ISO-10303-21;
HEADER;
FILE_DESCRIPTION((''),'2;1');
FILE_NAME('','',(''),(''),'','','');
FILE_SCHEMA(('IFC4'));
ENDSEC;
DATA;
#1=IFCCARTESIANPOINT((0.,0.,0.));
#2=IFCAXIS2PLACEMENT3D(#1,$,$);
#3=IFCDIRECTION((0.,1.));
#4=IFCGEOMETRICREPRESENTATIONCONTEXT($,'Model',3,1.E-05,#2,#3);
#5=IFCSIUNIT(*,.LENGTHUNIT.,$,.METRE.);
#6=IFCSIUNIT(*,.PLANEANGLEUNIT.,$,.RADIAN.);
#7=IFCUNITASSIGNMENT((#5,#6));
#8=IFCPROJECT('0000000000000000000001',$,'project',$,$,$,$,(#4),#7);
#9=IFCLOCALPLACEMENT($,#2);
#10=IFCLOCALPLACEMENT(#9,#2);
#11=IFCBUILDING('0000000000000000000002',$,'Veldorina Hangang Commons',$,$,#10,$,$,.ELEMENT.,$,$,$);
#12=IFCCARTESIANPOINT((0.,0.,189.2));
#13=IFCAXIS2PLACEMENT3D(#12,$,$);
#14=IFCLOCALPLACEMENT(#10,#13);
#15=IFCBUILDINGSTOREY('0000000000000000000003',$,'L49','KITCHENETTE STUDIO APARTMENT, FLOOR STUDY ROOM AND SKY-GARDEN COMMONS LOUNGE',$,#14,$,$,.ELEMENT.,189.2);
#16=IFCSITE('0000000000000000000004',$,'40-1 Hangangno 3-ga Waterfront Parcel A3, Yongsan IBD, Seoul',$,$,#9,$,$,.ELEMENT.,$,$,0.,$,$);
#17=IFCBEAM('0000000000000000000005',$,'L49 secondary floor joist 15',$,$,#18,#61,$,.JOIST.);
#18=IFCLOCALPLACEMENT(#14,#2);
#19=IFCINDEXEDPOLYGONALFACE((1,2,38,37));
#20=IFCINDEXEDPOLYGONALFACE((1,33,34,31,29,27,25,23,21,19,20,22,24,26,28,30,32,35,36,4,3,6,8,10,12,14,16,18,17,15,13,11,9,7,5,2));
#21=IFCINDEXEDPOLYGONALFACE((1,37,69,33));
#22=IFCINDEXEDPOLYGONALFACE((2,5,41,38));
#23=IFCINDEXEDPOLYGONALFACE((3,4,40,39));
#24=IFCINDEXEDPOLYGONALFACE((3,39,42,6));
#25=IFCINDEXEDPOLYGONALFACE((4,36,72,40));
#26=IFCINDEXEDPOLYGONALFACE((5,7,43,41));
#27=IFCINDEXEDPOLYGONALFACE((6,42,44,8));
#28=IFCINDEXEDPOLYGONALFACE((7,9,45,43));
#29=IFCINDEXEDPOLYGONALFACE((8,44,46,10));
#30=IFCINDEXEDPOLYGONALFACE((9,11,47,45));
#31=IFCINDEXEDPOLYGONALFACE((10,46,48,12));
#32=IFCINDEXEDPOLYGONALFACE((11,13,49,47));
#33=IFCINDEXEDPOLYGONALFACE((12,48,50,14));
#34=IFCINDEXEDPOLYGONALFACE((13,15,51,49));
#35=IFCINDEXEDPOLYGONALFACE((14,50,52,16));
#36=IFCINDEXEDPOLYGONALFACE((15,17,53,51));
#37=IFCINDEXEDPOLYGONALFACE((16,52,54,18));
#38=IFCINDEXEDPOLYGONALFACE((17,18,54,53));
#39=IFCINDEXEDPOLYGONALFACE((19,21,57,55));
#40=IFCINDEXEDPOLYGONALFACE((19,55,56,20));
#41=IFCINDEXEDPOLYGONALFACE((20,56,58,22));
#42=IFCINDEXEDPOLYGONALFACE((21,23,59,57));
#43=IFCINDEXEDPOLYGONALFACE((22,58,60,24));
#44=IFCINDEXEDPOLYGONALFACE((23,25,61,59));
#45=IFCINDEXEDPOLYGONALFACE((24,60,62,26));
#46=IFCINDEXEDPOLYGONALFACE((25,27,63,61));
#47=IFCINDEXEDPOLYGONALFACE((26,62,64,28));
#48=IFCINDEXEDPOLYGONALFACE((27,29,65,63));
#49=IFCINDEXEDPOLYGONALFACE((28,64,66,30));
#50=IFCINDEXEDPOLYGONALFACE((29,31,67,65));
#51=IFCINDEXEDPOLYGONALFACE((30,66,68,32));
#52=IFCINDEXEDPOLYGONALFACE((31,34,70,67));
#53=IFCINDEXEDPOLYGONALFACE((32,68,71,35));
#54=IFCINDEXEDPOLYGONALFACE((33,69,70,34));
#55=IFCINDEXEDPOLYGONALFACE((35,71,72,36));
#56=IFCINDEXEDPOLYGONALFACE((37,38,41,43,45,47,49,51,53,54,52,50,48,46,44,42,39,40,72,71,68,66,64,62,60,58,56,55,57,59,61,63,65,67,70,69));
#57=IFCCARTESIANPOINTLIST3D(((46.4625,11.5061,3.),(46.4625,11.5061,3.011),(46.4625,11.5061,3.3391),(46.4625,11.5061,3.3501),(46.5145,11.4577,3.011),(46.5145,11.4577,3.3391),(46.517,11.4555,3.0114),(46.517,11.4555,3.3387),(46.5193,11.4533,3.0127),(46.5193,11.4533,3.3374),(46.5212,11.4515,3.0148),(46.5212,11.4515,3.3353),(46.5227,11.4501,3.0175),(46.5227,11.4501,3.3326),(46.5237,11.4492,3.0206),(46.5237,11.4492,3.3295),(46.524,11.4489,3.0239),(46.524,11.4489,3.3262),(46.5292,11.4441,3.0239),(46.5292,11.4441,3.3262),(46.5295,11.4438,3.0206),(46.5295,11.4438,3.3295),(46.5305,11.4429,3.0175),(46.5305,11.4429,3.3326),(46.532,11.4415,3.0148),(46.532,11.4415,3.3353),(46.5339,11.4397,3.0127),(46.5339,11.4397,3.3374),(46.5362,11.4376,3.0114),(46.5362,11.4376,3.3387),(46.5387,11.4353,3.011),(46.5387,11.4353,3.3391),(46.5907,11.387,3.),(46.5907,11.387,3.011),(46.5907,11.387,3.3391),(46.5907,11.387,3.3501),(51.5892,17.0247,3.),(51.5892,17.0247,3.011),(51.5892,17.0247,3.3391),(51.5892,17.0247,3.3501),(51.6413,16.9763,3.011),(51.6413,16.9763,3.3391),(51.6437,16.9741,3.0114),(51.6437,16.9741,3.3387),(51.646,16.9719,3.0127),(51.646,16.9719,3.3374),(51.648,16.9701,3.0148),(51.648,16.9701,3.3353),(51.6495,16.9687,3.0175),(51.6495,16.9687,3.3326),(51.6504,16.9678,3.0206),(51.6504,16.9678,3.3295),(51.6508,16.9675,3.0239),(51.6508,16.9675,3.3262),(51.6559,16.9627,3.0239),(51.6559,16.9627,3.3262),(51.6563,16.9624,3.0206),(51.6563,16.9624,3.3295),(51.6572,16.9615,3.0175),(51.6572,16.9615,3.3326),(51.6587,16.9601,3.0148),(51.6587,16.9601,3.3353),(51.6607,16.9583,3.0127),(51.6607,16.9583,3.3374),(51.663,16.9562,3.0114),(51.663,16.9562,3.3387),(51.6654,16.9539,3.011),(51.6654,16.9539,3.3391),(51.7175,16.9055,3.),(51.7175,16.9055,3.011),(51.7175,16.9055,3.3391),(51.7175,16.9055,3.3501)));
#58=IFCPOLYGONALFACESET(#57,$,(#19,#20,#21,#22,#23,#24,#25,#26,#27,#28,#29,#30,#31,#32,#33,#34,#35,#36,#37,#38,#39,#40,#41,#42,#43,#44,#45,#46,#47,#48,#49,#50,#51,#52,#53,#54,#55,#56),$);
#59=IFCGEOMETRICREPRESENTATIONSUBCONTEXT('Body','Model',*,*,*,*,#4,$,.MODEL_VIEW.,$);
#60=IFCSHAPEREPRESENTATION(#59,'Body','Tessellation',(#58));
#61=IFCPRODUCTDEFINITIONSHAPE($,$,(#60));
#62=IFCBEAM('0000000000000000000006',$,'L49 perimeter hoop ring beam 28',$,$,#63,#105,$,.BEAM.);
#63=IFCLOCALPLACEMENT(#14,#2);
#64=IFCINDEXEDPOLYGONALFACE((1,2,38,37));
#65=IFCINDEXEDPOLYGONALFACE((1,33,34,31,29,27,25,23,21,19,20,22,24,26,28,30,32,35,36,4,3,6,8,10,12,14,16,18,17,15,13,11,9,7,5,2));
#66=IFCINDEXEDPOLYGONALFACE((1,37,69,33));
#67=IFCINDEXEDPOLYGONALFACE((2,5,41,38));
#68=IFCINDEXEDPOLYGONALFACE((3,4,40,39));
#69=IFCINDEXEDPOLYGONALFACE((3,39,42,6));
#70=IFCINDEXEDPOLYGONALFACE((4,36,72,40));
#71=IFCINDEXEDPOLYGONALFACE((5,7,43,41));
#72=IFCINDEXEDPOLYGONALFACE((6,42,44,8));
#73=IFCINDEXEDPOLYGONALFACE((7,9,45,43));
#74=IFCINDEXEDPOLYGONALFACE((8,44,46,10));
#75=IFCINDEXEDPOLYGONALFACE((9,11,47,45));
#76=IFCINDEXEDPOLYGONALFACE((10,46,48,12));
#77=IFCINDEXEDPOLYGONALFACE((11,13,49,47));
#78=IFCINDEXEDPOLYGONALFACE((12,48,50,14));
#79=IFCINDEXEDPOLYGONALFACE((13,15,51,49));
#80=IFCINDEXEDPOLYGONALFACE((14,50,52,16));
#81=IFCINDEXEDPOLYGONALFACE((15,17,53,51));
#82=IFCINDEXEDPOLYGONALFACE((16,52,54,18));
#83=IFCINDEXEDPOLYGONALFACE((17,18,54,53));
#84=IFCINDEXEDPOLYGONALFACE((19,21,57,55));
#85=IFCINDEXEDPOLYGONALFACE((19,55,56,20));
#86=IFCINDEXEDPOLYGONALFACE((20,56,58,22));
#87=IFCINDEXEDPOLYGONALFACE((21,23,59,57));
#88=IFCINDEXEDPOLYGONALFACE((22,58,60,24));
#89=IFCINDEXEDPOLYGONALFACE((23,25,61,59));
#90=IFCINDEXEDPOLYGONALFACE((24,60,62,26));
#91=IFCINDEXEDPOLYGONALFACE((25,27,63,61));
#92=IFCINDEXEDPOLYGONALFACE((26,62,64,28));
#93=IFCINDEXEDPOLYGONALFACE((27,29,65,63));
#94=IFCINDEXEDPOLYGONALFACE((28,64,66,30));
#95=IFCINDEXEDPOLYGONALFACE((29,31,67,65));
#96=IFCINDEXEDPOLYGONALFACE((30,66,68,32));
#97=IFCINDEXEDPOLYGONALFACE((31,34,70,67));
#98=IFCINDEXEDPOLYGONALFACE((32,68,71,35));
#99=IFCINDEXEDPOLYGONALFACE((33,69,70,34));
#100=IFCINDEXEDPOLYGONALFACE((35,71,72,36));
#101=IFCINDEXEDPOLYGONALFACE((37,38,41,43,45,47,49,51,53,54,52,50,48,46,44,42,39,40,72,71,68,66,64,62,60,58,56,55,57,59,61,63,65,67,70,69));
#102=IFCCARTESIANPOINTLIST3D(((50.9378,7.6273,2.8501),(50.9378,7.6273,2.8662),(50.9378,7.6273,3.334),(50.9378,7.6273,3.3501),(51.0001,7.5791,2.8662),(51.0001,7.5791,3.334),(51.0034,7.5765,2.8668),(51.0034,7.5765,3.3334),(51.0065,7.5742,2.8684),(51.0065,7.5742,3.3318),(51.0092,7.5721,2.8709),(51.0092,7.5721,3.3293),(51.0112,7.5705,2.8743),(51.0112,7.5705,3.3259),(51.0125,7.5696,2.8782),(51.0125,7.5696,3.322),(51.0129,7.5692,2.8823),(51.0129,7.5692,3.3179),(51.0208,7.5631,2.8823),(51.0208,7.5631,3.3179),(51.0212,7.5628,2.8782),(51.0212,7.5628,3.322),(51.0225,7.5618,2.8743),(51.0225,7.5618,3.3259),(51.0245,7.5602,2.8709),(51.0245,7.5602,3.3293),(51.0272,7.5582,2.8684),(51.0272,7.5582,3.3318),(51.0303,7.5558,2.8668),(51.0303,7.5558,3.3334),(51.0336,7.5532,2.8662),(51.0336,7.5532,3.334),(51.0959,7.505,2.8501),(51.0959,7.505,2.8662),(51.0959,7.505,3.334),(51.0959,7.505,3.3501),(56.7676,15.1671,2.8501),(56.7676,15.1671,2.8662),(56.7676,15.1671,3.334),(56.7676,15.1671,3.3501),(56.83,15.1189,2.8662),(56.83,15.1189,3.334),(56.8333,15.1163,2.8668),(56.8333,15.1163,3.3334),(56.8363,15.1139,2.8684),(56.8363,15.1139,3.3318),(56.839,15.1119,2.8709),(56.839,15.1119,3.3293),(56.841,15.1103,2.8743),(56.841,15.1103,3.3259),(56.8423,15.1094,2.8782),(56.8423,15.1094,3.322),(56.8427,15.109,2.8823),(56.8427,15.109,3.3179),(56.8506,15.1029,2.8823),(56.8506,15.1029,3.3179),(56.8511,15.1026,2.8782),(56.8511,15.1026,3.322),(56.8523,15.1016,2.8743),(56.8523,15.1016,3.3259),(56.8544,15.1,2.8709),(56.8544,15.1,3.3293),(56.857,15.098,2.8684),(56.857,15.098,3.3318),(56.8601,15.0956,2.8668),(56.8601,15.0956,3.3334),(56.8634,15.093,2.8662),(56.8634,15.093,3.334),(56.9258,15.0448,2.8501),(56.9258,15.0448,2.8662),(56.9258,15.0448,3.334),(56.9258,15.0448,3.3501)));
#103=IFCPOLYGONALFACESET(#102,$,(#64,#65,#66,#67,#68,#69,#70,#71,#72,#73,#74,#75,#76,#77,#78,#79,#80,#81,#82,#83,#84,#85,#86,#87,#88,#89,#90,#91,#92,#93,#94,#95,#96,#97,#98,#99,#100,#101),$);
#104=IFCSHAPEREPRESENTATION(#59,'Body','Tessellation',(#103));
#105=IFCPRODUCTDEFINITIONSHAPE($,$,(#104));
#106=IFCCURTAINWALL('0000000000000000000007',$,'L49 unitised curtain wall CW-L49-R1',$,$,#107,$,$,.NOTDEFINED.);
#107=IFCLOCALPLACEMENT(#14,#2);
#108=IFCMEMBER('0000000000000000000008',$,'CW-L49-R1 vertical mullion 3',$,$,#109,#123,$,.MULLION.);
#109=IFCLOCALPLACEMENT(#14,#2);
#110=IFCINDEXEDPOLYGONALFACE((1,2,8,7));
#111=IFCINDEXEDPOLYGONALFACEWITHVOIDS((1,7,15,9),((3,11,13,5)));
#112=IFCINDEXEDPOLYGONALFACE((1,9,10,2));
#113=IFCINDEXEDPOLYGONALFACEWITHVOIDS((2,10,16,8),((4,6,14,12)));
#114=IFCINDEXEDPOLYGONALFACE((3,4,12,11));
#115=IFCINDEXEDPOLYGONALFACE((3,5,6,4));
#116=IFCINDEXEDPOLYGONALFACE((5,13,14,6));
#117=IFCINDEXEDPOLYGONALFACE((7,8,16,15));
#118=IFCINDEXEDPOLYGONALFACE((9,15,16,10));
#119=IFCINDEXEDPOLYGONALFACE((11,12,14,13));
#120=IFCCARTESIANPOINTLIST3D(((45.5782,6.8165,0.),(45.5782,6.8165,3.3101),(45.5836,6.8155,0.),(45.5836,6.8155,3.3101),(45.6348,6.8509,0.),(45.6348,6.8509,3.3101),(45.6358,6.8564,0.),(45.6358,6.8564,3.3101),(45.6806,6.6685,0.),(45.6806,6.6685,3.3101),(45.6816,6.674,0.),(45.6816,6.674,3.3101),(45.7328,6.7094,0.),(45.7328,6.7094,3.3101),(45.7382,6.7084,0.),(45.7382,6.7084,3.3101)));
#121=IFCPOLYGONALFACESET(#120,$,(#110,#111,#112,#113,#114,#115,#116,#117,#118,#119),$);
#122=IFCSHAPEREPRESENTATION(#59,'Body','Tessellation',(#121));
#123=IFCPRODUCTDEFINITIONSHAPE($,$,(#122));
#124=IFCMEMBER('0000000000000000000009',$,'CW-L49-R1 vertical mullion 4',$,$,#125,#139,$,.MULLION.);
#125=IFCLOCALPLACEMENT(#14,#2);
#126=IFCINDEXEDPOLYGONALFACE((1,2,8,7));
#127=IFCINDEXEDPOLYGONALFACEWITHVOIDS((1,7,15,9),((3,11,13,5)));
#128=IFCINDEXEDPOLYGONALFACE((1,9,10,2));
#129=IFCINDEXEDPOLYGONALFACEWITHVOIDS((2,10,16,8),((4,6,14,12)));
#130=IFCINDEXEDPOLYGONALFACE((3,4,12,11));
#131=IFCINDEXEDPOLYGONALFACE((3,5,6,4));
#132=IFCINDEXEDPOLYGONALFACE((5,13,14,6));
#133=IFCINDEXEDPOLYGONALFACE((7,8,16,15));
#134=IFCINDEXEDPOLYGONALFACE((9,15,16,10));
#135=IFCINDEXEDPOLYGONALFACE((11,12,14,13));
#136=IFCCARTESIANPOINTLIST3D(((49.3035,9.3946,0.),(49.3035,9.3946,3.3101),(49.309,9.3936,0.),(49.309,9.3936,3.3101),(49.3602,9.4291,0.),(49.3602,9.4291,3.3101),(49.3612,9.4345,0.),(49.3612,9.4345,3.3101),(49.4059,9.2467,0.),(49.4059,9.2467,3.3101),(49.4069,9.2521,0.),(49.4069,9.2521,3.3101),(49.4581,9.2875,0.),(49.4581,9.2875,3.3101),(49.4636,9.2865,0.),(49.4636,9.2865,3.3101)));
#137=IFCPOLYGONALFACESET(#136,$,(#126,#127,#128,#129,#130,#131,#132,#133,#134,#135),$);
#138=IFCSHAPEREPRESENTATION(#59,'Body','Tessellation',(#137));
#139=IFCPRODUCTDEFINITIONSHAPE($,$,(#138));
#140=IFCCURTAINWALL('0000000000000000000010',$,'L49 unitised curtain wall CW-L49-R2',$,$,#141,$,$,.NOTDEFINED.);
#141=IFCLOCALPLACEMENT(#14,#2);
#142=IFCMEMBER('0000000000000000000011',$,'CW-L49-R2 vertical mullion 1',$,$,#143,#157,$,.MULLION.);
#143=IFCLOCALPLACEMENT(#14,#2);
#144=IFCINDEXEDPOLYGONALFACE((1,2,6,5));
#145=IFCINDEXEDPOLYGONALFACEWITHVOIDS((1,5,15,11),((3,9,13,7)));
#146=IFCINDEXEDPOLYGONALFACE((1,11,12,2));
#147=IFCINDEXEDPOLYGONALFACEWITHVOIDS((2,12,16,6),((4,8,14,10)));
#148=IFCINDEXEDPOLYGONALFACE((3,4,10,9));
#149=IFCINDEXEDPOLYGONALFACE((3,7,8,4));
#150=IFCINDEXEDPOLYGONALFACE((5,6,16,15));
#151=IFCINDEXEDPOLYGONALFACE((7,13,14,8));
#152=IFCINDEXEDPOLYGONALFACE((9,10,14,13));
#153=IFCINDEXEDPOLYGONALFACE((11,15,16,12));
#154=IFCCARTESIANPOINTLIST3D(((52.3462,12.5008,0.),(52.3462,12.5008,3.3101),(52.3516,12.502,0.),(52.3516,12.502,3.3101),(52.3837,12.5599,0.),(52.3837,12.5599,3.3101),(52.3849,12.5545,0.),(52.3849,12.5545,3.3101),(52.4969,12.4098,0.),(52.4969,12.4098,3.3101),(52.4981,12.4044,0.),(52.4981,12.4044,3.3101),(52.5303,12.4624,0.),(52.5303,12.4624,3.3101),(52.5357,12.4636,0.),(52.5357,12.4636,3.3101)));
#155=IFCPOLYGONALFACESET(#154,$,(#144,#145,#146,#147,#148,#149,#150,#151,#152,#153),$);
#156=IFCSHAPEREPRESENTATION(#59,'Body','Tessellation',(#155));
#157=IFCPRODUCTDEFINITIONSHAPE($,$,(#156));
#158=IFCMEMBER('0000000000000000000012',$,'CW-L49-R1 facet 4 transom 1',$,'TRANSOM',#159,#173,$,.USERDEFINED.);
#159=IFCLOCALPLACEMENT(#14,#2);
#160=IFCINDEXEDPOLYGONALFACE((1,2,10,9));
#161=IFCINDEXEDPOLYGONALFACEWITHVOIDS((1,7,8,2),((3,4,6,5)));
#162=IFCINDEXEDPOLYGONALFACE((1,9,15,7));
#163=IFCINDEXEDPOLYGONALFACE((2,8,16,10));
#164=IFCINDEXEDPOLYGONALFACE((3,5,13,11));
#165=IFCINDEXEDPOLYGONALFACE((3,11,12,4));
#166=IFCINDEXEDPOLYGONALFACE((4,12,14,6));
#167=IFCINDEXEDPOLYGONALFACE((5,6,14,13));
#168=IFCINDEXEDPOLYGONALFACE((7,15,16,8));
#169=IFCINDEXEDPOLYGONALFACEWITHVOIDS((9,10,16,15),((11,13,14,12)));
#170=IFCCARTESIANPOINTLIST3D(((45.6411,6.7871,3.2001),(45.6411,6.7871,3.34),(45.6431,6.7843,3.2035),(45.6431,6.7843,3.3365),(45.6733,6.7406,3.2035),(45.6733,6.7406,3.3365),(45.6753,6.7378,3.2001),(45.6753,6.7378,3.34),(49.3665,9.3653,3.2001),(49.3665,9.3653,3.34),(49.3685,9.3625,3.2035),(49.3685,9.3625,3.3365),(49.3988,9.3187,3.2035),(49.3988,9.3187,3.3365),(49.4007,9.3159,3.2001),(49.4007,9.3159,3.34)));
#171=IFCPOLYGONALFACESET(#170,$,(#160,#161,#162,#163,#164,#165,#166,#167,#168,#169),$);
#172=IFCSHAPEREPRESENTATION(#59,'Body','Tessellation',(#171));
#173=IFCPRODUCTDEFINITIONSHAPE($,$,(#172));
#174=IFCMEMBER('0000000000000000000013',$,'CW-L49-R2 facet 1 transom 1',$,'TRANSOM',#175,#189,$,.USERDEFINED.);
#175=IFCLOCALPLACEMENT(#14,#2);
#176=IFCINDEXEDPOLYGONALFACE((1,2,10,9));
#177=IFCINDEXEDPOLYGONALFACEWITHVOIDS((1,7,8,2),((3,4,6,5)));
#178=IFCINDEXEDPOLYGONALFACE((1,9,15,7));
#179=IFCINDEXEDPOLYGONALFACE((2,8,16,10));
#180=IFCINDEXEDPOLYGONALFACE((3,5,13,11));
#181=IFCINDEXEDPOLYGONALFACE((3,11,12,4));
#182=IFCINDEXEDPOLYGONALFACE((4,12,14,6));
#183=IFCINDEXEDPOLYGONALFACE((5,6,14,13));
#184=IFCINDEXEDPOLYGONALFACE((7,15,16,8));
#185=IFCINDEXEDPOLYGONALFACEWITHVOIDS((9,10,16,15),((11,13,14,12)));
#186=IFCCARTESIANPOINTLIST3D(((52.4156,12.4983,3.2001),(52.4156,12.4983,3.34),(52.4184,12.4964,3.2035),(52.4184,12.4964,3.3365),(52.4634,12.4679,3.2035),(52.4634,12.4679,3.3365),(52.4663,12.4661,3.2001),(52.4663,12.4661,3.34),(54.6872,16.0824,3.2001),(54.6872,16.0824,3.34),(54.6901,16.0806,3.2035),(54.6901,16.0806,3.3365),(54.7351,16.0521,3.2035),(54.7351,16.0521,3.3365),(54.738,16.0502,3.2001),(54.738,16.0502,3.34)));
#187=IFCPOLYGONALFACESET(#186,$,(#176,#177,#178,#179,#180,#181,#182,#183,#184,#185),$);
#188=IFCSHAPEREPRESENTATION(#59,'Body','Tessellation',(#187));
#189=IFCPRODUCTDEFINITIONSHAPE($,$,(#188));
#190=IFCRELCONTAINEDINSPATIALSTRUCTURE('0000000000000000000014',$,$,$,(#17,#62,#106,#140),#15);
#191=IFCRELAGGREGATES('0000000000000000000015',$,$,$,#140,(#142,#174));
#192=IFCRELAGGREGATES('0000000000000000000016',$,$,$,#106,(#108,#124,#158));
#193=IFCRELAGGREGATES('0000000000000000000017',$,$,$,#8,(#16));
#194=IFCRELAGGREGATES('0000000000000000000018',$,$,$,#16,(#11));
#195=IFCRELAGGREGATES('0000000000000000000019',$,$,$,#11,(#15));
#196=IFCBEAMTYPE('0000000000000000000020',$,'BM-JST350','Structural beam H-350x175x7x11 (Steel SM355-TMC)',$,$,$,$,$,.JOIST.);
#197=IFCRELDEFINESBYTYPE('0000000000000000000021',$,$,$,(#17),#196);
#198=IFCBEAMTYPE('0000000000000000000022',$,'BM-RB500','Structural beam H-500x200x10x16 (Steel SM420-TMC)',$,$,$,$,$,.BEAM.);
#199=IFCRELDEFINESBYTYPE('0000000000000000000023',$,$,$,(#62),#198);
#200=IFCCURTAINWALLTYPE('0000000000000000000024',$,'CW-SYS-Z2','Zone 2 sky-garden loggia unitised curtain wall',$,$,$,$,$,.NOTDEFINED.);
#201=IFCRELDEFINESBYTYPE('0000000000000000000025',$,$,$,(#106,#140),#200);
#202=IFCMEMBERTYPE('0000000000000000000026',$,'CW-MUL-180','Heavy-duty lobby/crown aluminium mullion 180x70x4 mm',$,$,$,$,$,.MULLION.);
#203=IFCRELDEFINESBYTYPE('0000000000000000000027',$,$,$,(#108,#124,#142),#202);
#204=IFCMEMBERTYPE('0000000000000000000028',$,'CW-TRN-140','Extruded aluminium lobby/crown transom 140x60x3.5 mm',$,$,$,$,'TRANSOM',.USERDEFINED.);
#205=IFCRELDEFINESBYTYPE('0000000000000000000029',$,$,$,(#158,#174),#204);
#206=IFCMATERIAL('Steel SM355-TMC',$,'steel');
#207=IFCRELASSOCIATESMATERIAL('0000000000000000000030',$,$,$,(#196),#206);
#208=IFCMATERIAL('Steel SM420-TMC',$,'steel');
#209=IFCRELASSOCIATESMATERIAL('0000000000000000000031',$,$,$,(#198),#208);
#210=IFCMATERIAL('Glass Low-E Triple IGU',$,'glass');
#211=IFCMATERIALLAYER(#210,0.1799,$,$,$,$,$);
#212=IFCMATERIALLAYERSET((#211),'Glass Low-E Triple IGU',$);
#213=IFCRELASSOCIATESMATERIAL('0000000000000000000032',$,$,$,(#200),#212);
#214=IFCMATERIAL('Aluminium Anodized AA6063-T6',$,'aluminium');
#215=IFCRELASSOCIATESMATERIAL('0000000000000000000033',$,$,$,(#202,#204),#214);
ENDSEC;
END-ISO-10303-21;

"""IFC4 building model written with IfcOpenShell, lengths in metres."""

from ifc_helpers import new_model, si_unit, direction, frame, origin, origin_2d, place, context, subcontext, project, spatial, hollow_rectangle, i_section, extrude, material, layer, layer_set, material_profile, profile_set, type_object, element, aggregate, save


model = new_model("IFC4")

# Units and contexts
model_context = context("Model", 3, precision=1e-05, world=origin(), true_north=direction((0.0, 1.0)))
body_context = subcontext(model_context, "Body", "Model", "MODEL_VIEW")
ifc_project = project(units=[si_unit("LENGTHUNIT", "METRE"), si_unit("PLANEANGLEUNIT", "RADIAN")], contexts=[model_context])

# Site, building, storey
site_placement = place(None, origin())
site = spatial("IfcSite", under=ifc_project, at=site_placement, Name="40-1 Hangangno 3-ga Waterfront Parcel A3, Yongsan IBD, Seoul", CompositionType="ELEMENT", RefElevation=0.0)
building_placement = place(site_placement, origin())
building = spatial("IfcBuilding", under=site, at=building_placement, Name="Veldorina Hangang Commons", CompositionType="ELEMENT")
storey_placement = place(building_placement, frame((0.0, 0.0, 189.2)))
storey = spatial("IfcBuildingStorey", under=building, at=storey_placement, Name="L49", Description="KITCHENETTE STUDIO APARTMENT, FLOOR STUDY ROOM AND SKY-GARDEN COMMONS LOUNGE", CompositionType="ELEMENT", Elevation=189.2)

# Beams
ifc_material_1 = material(Name="Steel SM355-TMC", Category="steel")
ifc_material_profile_1 = material_profile(ifc_material_1, i_section(OverallWidth=0.175, OverallDepth=0.3501, WebThickness=0.0071, FlangeThickness=0.011, FilletRadius=0.0129, at=origin_2d()), Name="H-350x175x7x11")
ifc_profile_set_1 = profile_set([ifc_material_profile_1], Name="Steel SM355-TMC")
beam_type_1 = type_object("IfcBeamType", Name="BM-JST350", Description="Structural beam H-350x175x7x11 (Steel SM355-TMC)", PredefinedType="JOIST", material=ifc_profile_set_1)
beam_1_placement = place(storey_placement, frame((46.5266, 11.4465, 3.175), z_axis=(0.680618, 0.732639, 0.0), x_axis=(-0.732639, 0.680618, 0.0)))
element("IfcBeam", 1, at=beam_1_placement, inside=storey, type_object=beam_type_1, Name="L49 secondary floor joist 15", PredefinedType="JOIST", context=body_context, shape_type="SweptSolid", body=[
    extrude(i_section(OverallWidth=0.175, OverallDepth=0.3501, WebThickness=0.0071, FlangeThickness=0.011, FilletRadius=0.0129, at=origin_2d()), origin(), (0.0, 0.0, 1.0), 7.5325),
])
ifc_material_2 = material(Name="Steel SM420-TMC", Category="steel")
ifc_material_profile_2 = material_profile(ifc_material_2, i_section(OverallWidth=0.2, OverallDepth=0.5, WebThickness=0.01, FlangeThickness=0.0161, FilletRadius=0.0161, at=origin_2d()), Name="H-500x200x10x16")
ifc_profile_set_2 = profile_set([ifc_material_profile_2], Name="Steel SM420-TMC")
beam_type_2 = type_object("IfcBeamType", Name="BM-RB500", Description="Structural beam H-500x200x10x16 (Steel SM420-TMC)", PredefinedType="BEAM", material=ifc_profile_set_2)
beam_2_placement = place(storey_placement, frame((51.0168, 7.5662, 3.1001), z_axis=(0.611686, 0.791101, 0.0), x_axis=(-0.791101, 0.611686, 0.0)))
element("IfcBeam", 2, at=beam_2_placement, inside=storey, type_object=beam_type_2, Name="L49 perimeter hoop ring beam 28", PredefinedType="BEAM", context=body_context, shape_type="SweptSolid", body=[
    extrude(i_section(OverallWidth=0.2, OverallDepth=0.5, WebThickness=0.01, FlangeThickness=0.0161, FilletRadius=0.0161, at=origin_2d()), origin(), (0.0, 0.0, 1.0), 9.5308),
])

# Curtain wall, members
ifc_material_3 = material(Name="Glass Low-E Triple IGU", Category="glass")
ifc_layer_1 = layer(ifc_material_3, 0.1799)
ifc_layer_set_1 = layer_set([ifc_layer_1], Name="Glass Low-E Triple IGU")
curtain_wall_type = type_object("IfcCurtainWallType", Name="CW-SYS-Z2", Description="Zone 2 sky-garden loggia unitised curtain wall", PredefinedType="NOTDEFINED", material=ifc_layer_set_1)
curtain_wall_1_placement = place(storey_placement, origin())
curtain_wall_1 = element("IfcCurtainWall", 3, at=curtain_wall_1_placement, inside=storey, type_object=curtain_wall_type, Name="L49 unitised curtain wall CW-L49-R1", PredefinedType="NOTDEFINED")
ifc_material_4 = material(Name="Aluminium Anodized AA6063-T6", Category="aluminium")
ifc_material_profile_3 = material_profile(ifc_material_4, hollow_rectangle(XDim=0.0701, YDim=0.1799, WallThickness=0.0039, at=origin_2d()), Name="ALU-RHS-180x70x4")
ifc_profile_set_3 = profile_set([ifc_material_profile_3], Name="Aluminium Anodized AA6063-T6")
member_type_1 = type_object("IfcMemberType", Name="CW-MUL-180", Description="Heavy-duty lobby/crown aluminium mullion 180x70x4 mm", PredefinedType="MULLION", material=ifc_profile_set_3)
member_1_placement = place(storey_placement, frame((45.6582, 6.7625, 0.0), z_axis=(0.0, 0.0, 1.0), x_axis=(0.822283, 0.569079, 0.0)))
member_1 = element("IfcMember", 4, at=member_1_placement, type_object=member_type_1, Name="CW-L49-R1 vertical mullion 3", PredefinedType="MULLION", context=body_context, shape_type="SweptSolid", body=[
    extrude(hollow_rectangle(XDim=0.0701, YDim=0.1799, WallThickness=0.0039, at=origin_2d()), origin(), (0.0, 0.0, 1.0), 3.3101),
])
member_2_placement = place(storey_placement, frame((49.3835, 9.3406, 0.0), z_axis=(0.0, 0.0, 1.0), x_axis=(-0.822283, -0.569079, 0.0)))
member_2 = element("IfcMember", 5, at=member_2_placement, type_object=member_type_1, Name="CW-L49-R1 vertical mullion 4", PredefinedType="MULLION", context=body_context, shape_type="SweptSolid", body=[
    extrude(hollow_rectangle(XDim=0.0701, YDim=0.1799, WallThickness=0.0039, at=origin_2d()), origin(), (0.0, 0.0, 1.0), 3.3101),
])

# Curtain wall, member
curtain_wall_2_placement = place(storey_placement, origin())
curtain_wall_2 = element("IfcCurtainWall", 6, at=curtain_wall_2_placement, inside=storey, type_object=curtain_wall_type, Name="L49 unitised curtain wall CW-L49-R2", PredefinedType="NOTDEFINED")
member_3_placement = place(storey_placement, frame((52.4409, 12.4822, 0.0), z_axis=(0.0, 0.0, 1.0), x_axis=(0.535355, 0.844627, 0.0)))
member_3 = element("IfcMember", 7, at=member_3_placement, type_object=member_type_1, Name="CW-L49-R2 vertical mullion 1", PredefinedType="MULLION", context=body_context, shape_type="SweptSolid", body=[
    extrude(hollow_rectangle(XDim=0.0701, YDim=0.1799, WallThickness=0.0039, at=origin_2d()), origin(), (0.0, 0.0, 1.0), 3.3101),
])

# Members
ifc_material_profile_4 = material_profile(ifc_material_4, hollow_rectangle(XDim=0.0601, YDim=0.1399, WallThickness=0.0034, at=origin_2d()), Name="ALU-RHS-140x60x3.5")
ifc_profile_set_4 = profile_set([ifc_material_profile_4], Name="Aluminium Anodized AA6063-T6")
member_type_2 = type_object("IfcMemberType", Name="CW-TRN-140", Description="Extruded aluminium lobby/crown transom 140x60x3.5 mm", ElementType="TRANSOM", PredefinedType="USERDEFINED", material=ifc_profile_set_4)
member_4_placement = place(storey_placement, frame((45.6582, 6.7625, 3.27), z_axis=(0.822291, 0.569067, 0.0), x_axis=(-0.569067, 0.822291, 0.0)))
member_4 = element("IfcMember", 8, at=member_4_placement, type_object=member_type_2, Name="CW-L49-R1 facet 4 transom 1", ObjectType="TRANSOM", PredefinedType="USERDEFINED", context=body_context, shape_type="SweptSolid", body=[
    extrude(hollow_rectangle(XDim=0.0601, YDim=0.1399, WallThickness=0.0034, at=origin_2d()), origin(), (0.0, 0.0, 1.0), 4.5305),
])
member_5_placement = place(storey_placement, frame((52.4409, 12.4822, 3.27), z_axis=(0.535341, 0.844636, 0.0), x_axis=(-0.844636, 0.535341, 0.0)))
member_5 = element("IfcMember", 9, at=member_5_placement, type_object=member_type_2, Name="CW-L49-R2 facet 1 transom 1", ObjectType="TRANSOM", PredefinedType="USERDEFINED", context=body_context, shape_type="SweptSolid", body=[
    extrude(hollow_rectangle(XDim=0.0601, YDim=0.1399, WallThickness=0.0034, at=origin_2d()), origin(), (0.0, 0.0, 1.0), 4.2434),
])
aggregate(curtain_wall_2, [member_3, member_5])

aggregate(curtain_wall_1, [member_1, member_2, member_4])

save(model, "model.ifc")
